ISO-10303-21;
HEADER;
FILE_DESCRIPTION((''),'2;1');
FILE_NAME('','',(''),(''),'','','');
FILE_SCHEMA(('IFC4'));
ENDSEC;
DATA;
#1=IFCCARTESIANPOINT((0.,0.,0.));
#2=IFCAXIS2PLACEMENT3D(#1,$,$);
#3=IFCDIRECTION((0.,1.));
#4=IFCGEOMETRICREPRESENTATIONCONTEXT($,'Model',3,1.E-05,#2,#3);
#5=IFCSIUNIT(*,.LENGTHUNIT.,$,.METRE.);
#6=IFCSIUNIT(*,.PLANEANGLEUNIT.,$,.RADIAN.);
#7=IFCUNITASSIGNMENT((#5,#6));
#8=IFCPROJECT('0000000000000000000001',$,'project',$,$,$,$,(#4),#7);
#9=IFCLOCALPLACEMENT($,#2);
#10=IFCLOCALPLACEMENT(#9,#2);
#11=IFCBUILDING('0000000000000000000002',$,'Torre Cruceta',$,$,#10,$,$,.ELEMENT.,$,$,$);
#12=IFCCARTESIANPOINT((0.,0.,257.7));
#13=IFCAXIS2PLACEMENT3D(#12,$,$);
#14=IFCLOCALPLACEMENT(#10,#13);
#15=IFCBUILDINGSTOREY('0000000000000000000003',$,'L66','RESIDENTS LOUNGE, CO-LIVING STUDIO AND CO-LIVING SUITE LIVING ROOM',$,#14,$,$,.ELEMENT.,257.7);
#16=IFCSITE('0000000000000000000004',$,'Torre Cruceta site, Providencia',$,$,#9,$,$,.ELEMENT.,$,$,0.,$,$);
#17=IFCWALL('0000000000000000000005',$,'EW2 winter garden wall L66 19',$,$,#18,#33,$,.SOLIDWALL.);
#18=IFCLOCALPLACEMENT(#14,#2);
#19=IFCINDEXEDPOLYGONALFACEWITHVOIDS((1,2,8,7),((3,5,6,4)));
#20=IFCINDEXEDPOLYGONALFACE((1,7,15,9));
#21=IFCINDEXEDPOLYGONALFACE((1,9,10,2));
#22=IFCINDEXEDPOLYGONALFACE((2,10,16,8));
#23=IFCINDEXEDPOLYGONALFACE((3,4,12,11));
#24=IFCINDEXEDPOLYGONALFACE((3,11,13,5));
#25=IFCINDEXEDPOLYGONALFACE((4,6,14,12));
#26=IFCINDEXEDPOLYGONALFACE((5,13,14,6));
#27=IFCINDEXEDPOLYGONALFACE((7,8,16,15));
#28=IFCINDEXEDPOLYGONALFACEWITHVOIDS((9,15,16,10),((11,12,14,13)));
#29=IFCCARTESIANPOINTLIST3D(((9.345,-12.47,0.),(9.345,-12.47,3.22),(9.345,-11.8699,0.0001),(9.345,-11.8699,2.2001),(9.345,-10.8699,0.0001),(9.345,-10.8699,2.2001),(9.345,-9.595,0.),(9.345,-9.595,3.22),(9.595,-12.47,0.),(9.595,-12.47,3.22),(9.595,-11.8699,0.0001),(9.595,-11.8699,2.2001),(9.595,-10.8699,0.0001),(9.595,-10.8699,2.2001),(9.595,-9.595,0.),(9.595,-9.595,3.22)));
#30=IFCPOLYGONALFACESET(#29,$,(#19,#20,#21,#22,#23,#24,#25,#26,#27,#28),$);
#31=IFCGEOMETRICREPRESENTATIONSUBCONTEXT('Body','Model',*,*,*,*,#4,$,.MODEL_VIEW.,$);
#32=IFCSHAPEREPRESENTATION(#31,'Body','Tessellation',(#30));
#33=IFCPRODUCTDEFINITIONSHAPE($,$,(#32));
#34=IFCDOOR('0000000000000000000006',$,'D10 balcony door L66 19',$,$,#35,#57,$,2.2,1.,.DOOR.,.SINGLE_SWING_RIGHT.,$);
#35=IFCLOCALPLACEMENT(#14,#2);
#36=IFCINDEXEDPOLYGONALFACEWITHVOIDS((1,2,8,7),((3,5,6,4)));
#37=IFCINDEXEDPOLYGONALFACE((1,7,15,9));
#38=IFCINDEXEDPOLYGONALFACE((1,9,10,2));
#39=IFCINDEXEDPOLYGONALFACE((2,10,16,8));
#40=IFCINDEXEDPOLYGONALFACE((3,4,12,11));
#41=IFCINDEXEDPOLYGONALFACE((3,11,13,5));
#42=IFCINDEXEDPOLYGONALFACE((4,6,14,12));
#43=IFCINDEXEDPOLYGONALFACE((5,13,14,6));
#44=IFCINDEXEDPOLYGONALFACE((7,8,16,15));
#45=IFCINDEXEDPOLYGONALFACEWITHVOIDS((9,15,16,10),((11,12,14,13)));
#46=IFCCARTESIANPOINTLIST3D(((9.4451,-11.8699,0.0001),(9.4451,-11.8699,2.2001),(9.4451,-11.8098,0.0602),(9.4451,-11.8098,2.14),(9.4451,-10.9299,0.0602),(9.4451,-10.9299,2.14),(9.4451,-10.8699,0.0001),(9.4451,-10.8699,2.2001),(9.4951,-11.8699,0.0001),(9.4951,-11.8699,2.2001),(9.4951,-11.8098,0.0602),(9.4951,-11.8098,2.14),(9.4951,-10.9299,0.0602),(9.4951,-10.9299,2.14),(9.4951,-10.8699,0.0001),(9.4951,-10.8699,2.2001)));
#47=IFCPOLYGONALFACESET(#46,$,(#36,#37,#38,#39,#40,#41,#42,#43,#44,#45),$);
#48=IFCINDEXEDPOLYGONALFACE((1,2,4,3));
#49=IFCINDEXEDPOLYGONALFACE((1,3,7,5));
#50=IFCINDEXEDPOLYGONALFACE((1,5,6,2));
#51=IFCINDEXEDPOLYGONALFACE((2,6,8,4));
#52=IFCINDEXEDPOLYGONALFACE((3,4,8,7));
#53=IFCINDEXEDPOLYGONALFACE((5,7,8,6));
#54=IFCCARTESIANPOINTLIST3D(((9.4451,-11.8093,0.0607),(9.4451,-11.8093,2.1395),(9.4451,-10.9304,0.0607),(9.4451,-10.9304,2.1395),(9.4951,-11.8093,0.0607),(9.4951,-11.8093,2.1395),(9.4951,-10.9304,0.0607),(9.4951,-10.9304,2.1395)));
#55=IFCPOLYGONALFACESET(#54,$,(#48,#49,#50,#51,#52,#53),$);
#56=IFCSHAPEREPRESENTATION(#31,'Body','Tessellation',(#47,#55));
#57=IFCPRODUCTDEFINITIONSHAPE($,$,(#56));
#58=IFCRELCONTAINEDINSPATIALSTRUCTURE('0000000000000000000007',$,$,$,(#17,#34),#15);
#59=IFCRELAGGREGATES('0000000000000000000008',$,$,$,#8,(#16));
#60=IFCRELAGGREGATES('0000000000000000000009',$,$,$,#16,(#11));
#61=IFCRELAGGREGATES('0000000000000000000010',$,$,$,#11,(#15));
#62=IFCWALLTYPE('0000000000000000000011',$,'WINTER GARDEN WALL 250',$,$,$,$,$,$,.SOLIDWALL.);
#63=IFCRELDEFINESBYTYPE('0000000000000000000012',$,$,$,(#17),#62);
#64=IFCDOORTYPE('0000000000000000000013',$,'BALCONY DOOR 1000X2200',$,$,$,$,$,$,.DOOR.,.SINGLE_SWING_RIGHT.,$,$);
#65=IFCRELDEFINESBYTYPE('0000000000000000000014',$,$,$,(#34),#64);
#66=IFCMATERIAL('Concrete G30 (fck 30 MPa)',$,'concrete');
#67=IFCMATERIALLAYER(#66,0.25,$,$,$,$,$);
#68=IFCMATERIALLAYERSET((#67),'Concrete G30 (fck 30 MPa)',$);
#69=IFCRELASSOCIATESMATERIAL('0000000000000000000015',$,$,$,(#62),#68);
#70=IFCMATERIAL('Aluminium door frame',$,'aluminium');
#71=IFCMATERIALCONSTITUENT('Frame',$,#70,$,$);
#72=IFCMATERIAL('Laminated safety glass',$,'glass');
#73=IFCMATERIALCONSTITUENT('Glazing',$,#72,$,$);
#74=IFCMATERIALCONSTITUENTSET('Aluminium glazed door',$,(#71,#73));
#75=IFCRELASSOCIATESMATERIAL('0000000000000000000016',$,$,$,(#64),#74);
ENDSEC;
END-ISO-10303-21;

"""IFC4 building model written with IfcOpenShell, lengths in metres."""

from ifc_helpers import new_model, si_unit, direction, frame, frame_2d, origin, place, context, subcontext, project, spatial, rectangle, hollow_rectangle, extrude, material, layer, layer_set, constituent, constituent_set, type_object, element, fill, save


model = new_model("IFC4")

# Units and contexts
model_context = context("Model", 3, precision=1e-05, world=origin(), true_north=direction((0.0, 1.0)))
body_context = subcontext(model_context, "Body", "Model", "MODEL_VIEW")
ifc_project = project(units=[si_unit("LENGTHUNIT", "METRE"), si_unit("PLANEANGLEUNIT", "RADIAN")], contexts=[model_context])

# Site, building, storey
site_placement = place(None, origin())
site = spatial("IfcSite", under=ifc_project, at=site_placement, Name="Torre Cruceta site, Providencia", CompositionType="ELEMENT", RefElevation=0.0)
building_placement = place(site_placement, origin())
building = spatial("IfcBuilding", under=site, at=building_placement, Name="Torre Cruceta", CompositionType="ELEMENT")
storey_placement = place(building_placement, frame((0.0, 0.0, 257.7)))
storey = spatial("IfcBuildingStorey", under=building, at=storey_placement, Name="L66", Description="RESIDENTS LOUNGE, CO-LIVING STUDIO AND CO-LIVING SUITE LIVING ROOM", CompositionType="ELEMENT", Elevation=257.7)

# Wall, opening, door
ifc_material_1 = material(Name="Concrete G30 (fck 30 MPa)", Category="concrete")
ifc_layer_1 = layer(ifc_material_1, 0.25)
ifc_layer_set_1 = layer_set([ifc_layer_1], Name="Concrete G30 (fck 30 MPa)")
wall_type_1 = type_object("IfcWallType", Name="WINTER GARDEN WALL 250", PredefinedType="SOLIDWALL", material=ifc_layer_set_1)
ifc_material_2 = material(Name="Aluminium door frame", Category="aluminium")
ifc_constituent_1 = constituent(ifc_material_2, Name="Frame")
ifc_material_3 = material(Name="Laminated safety glass", Category="glass")
ifc_constituent_2 = constituent(ifc_material_3, Name="Glazing")
ifc_constituent_set_1 = constituent_set(constituents=[ifc_constituent_1, ifc_constituent_2], Name="Aluminium glazed door")
door_type_1 = type_object("IfcDoorType", Name="BALCONY DOOR 1000X2200", OperationType="SINGLE_SWING_RIGHT", PredefinedType="DOOR", material=ifc_constituent_set_1)
wall_1_placement = place(storey_placement, frame((9.47, -12.47, 0.0), z_axis=(0.0, 0.0, 1.0), x_axis=(0.0, 1.0, 0.0)))
wall_1 = element("IfcWall", 1, at=wall_1_placement, inside=storey, type_object=wall_type_1, Name="EW2 winter garden wall L66 19", PredefinedType="SOLIDWALL", context=body_context, shape_type="SweptSolid", body=[
    extrude(rectangle(XDim=2.875, YDim=0.25, at=frame_2d((1.4375, 0.0))), origin(), (0.0, 0.0, 1.0), 3.22),
])
opening_1_placement = place(wall_1_placement, frame((0.6001, 0.0, 0.0)))
opening_1 = element("IfcOpeningElement", 2, at=opening_1_placement, cuts=wall_1, PredefinedType="OPENING", context=body_context, shape_type="SweptSolid", body=[
    extrude(rectangle(XDim=1.0, YDim=2.2, at=frame_2d((0.5, 1.1001))), frame((0.0, 0.135, 0.0), z_axis=(0.0, -1.0, 0.0), x_axis=(1.0, 0.0, 0.0)), (0.0, 0.0, 1.0), 0.27),
])
door_1_placement = place(opening_1_placement, origin())
door_1 = element("IfcDoor", 3, at=door_1_placement, inside=storey, type_object=door_type_1, Name="D10 balcony door L66 19", OperationType="SINGLE_SWING_RIGHT", OverallHeight=2.2, OverallWidth=1.0, PredefinedType="DOOR", context=body_context, shape_type="SweptSolid", body=[
    extrude(hollow_rectangle(XDim=1.0, YDim=2.2, WallThickness=0.0601, at=frame_2d((0.5, 1.1001))), frame((0.0, 0.0249, 0.0), z_axis=(0.0, -1.0, 0.0), x_axis=(1.0, 0.0, 0.0)), (0.0, 0.0, 1.0), 0.05),
    extrude(rectangle(XDim=0.8789, YDim=2.0789, at=frame_2d((0.5, 1.1001))), frame((0.0, 0.0249, 0.0), z_axis=(0.0, -1.0, 0.0), x_axis=(1.0, 0.0, 0.0)), (0.0, 0.0, 1.0), 0.05),
])
fill(opening_1, door_1)

save(model, "model.ifc")
